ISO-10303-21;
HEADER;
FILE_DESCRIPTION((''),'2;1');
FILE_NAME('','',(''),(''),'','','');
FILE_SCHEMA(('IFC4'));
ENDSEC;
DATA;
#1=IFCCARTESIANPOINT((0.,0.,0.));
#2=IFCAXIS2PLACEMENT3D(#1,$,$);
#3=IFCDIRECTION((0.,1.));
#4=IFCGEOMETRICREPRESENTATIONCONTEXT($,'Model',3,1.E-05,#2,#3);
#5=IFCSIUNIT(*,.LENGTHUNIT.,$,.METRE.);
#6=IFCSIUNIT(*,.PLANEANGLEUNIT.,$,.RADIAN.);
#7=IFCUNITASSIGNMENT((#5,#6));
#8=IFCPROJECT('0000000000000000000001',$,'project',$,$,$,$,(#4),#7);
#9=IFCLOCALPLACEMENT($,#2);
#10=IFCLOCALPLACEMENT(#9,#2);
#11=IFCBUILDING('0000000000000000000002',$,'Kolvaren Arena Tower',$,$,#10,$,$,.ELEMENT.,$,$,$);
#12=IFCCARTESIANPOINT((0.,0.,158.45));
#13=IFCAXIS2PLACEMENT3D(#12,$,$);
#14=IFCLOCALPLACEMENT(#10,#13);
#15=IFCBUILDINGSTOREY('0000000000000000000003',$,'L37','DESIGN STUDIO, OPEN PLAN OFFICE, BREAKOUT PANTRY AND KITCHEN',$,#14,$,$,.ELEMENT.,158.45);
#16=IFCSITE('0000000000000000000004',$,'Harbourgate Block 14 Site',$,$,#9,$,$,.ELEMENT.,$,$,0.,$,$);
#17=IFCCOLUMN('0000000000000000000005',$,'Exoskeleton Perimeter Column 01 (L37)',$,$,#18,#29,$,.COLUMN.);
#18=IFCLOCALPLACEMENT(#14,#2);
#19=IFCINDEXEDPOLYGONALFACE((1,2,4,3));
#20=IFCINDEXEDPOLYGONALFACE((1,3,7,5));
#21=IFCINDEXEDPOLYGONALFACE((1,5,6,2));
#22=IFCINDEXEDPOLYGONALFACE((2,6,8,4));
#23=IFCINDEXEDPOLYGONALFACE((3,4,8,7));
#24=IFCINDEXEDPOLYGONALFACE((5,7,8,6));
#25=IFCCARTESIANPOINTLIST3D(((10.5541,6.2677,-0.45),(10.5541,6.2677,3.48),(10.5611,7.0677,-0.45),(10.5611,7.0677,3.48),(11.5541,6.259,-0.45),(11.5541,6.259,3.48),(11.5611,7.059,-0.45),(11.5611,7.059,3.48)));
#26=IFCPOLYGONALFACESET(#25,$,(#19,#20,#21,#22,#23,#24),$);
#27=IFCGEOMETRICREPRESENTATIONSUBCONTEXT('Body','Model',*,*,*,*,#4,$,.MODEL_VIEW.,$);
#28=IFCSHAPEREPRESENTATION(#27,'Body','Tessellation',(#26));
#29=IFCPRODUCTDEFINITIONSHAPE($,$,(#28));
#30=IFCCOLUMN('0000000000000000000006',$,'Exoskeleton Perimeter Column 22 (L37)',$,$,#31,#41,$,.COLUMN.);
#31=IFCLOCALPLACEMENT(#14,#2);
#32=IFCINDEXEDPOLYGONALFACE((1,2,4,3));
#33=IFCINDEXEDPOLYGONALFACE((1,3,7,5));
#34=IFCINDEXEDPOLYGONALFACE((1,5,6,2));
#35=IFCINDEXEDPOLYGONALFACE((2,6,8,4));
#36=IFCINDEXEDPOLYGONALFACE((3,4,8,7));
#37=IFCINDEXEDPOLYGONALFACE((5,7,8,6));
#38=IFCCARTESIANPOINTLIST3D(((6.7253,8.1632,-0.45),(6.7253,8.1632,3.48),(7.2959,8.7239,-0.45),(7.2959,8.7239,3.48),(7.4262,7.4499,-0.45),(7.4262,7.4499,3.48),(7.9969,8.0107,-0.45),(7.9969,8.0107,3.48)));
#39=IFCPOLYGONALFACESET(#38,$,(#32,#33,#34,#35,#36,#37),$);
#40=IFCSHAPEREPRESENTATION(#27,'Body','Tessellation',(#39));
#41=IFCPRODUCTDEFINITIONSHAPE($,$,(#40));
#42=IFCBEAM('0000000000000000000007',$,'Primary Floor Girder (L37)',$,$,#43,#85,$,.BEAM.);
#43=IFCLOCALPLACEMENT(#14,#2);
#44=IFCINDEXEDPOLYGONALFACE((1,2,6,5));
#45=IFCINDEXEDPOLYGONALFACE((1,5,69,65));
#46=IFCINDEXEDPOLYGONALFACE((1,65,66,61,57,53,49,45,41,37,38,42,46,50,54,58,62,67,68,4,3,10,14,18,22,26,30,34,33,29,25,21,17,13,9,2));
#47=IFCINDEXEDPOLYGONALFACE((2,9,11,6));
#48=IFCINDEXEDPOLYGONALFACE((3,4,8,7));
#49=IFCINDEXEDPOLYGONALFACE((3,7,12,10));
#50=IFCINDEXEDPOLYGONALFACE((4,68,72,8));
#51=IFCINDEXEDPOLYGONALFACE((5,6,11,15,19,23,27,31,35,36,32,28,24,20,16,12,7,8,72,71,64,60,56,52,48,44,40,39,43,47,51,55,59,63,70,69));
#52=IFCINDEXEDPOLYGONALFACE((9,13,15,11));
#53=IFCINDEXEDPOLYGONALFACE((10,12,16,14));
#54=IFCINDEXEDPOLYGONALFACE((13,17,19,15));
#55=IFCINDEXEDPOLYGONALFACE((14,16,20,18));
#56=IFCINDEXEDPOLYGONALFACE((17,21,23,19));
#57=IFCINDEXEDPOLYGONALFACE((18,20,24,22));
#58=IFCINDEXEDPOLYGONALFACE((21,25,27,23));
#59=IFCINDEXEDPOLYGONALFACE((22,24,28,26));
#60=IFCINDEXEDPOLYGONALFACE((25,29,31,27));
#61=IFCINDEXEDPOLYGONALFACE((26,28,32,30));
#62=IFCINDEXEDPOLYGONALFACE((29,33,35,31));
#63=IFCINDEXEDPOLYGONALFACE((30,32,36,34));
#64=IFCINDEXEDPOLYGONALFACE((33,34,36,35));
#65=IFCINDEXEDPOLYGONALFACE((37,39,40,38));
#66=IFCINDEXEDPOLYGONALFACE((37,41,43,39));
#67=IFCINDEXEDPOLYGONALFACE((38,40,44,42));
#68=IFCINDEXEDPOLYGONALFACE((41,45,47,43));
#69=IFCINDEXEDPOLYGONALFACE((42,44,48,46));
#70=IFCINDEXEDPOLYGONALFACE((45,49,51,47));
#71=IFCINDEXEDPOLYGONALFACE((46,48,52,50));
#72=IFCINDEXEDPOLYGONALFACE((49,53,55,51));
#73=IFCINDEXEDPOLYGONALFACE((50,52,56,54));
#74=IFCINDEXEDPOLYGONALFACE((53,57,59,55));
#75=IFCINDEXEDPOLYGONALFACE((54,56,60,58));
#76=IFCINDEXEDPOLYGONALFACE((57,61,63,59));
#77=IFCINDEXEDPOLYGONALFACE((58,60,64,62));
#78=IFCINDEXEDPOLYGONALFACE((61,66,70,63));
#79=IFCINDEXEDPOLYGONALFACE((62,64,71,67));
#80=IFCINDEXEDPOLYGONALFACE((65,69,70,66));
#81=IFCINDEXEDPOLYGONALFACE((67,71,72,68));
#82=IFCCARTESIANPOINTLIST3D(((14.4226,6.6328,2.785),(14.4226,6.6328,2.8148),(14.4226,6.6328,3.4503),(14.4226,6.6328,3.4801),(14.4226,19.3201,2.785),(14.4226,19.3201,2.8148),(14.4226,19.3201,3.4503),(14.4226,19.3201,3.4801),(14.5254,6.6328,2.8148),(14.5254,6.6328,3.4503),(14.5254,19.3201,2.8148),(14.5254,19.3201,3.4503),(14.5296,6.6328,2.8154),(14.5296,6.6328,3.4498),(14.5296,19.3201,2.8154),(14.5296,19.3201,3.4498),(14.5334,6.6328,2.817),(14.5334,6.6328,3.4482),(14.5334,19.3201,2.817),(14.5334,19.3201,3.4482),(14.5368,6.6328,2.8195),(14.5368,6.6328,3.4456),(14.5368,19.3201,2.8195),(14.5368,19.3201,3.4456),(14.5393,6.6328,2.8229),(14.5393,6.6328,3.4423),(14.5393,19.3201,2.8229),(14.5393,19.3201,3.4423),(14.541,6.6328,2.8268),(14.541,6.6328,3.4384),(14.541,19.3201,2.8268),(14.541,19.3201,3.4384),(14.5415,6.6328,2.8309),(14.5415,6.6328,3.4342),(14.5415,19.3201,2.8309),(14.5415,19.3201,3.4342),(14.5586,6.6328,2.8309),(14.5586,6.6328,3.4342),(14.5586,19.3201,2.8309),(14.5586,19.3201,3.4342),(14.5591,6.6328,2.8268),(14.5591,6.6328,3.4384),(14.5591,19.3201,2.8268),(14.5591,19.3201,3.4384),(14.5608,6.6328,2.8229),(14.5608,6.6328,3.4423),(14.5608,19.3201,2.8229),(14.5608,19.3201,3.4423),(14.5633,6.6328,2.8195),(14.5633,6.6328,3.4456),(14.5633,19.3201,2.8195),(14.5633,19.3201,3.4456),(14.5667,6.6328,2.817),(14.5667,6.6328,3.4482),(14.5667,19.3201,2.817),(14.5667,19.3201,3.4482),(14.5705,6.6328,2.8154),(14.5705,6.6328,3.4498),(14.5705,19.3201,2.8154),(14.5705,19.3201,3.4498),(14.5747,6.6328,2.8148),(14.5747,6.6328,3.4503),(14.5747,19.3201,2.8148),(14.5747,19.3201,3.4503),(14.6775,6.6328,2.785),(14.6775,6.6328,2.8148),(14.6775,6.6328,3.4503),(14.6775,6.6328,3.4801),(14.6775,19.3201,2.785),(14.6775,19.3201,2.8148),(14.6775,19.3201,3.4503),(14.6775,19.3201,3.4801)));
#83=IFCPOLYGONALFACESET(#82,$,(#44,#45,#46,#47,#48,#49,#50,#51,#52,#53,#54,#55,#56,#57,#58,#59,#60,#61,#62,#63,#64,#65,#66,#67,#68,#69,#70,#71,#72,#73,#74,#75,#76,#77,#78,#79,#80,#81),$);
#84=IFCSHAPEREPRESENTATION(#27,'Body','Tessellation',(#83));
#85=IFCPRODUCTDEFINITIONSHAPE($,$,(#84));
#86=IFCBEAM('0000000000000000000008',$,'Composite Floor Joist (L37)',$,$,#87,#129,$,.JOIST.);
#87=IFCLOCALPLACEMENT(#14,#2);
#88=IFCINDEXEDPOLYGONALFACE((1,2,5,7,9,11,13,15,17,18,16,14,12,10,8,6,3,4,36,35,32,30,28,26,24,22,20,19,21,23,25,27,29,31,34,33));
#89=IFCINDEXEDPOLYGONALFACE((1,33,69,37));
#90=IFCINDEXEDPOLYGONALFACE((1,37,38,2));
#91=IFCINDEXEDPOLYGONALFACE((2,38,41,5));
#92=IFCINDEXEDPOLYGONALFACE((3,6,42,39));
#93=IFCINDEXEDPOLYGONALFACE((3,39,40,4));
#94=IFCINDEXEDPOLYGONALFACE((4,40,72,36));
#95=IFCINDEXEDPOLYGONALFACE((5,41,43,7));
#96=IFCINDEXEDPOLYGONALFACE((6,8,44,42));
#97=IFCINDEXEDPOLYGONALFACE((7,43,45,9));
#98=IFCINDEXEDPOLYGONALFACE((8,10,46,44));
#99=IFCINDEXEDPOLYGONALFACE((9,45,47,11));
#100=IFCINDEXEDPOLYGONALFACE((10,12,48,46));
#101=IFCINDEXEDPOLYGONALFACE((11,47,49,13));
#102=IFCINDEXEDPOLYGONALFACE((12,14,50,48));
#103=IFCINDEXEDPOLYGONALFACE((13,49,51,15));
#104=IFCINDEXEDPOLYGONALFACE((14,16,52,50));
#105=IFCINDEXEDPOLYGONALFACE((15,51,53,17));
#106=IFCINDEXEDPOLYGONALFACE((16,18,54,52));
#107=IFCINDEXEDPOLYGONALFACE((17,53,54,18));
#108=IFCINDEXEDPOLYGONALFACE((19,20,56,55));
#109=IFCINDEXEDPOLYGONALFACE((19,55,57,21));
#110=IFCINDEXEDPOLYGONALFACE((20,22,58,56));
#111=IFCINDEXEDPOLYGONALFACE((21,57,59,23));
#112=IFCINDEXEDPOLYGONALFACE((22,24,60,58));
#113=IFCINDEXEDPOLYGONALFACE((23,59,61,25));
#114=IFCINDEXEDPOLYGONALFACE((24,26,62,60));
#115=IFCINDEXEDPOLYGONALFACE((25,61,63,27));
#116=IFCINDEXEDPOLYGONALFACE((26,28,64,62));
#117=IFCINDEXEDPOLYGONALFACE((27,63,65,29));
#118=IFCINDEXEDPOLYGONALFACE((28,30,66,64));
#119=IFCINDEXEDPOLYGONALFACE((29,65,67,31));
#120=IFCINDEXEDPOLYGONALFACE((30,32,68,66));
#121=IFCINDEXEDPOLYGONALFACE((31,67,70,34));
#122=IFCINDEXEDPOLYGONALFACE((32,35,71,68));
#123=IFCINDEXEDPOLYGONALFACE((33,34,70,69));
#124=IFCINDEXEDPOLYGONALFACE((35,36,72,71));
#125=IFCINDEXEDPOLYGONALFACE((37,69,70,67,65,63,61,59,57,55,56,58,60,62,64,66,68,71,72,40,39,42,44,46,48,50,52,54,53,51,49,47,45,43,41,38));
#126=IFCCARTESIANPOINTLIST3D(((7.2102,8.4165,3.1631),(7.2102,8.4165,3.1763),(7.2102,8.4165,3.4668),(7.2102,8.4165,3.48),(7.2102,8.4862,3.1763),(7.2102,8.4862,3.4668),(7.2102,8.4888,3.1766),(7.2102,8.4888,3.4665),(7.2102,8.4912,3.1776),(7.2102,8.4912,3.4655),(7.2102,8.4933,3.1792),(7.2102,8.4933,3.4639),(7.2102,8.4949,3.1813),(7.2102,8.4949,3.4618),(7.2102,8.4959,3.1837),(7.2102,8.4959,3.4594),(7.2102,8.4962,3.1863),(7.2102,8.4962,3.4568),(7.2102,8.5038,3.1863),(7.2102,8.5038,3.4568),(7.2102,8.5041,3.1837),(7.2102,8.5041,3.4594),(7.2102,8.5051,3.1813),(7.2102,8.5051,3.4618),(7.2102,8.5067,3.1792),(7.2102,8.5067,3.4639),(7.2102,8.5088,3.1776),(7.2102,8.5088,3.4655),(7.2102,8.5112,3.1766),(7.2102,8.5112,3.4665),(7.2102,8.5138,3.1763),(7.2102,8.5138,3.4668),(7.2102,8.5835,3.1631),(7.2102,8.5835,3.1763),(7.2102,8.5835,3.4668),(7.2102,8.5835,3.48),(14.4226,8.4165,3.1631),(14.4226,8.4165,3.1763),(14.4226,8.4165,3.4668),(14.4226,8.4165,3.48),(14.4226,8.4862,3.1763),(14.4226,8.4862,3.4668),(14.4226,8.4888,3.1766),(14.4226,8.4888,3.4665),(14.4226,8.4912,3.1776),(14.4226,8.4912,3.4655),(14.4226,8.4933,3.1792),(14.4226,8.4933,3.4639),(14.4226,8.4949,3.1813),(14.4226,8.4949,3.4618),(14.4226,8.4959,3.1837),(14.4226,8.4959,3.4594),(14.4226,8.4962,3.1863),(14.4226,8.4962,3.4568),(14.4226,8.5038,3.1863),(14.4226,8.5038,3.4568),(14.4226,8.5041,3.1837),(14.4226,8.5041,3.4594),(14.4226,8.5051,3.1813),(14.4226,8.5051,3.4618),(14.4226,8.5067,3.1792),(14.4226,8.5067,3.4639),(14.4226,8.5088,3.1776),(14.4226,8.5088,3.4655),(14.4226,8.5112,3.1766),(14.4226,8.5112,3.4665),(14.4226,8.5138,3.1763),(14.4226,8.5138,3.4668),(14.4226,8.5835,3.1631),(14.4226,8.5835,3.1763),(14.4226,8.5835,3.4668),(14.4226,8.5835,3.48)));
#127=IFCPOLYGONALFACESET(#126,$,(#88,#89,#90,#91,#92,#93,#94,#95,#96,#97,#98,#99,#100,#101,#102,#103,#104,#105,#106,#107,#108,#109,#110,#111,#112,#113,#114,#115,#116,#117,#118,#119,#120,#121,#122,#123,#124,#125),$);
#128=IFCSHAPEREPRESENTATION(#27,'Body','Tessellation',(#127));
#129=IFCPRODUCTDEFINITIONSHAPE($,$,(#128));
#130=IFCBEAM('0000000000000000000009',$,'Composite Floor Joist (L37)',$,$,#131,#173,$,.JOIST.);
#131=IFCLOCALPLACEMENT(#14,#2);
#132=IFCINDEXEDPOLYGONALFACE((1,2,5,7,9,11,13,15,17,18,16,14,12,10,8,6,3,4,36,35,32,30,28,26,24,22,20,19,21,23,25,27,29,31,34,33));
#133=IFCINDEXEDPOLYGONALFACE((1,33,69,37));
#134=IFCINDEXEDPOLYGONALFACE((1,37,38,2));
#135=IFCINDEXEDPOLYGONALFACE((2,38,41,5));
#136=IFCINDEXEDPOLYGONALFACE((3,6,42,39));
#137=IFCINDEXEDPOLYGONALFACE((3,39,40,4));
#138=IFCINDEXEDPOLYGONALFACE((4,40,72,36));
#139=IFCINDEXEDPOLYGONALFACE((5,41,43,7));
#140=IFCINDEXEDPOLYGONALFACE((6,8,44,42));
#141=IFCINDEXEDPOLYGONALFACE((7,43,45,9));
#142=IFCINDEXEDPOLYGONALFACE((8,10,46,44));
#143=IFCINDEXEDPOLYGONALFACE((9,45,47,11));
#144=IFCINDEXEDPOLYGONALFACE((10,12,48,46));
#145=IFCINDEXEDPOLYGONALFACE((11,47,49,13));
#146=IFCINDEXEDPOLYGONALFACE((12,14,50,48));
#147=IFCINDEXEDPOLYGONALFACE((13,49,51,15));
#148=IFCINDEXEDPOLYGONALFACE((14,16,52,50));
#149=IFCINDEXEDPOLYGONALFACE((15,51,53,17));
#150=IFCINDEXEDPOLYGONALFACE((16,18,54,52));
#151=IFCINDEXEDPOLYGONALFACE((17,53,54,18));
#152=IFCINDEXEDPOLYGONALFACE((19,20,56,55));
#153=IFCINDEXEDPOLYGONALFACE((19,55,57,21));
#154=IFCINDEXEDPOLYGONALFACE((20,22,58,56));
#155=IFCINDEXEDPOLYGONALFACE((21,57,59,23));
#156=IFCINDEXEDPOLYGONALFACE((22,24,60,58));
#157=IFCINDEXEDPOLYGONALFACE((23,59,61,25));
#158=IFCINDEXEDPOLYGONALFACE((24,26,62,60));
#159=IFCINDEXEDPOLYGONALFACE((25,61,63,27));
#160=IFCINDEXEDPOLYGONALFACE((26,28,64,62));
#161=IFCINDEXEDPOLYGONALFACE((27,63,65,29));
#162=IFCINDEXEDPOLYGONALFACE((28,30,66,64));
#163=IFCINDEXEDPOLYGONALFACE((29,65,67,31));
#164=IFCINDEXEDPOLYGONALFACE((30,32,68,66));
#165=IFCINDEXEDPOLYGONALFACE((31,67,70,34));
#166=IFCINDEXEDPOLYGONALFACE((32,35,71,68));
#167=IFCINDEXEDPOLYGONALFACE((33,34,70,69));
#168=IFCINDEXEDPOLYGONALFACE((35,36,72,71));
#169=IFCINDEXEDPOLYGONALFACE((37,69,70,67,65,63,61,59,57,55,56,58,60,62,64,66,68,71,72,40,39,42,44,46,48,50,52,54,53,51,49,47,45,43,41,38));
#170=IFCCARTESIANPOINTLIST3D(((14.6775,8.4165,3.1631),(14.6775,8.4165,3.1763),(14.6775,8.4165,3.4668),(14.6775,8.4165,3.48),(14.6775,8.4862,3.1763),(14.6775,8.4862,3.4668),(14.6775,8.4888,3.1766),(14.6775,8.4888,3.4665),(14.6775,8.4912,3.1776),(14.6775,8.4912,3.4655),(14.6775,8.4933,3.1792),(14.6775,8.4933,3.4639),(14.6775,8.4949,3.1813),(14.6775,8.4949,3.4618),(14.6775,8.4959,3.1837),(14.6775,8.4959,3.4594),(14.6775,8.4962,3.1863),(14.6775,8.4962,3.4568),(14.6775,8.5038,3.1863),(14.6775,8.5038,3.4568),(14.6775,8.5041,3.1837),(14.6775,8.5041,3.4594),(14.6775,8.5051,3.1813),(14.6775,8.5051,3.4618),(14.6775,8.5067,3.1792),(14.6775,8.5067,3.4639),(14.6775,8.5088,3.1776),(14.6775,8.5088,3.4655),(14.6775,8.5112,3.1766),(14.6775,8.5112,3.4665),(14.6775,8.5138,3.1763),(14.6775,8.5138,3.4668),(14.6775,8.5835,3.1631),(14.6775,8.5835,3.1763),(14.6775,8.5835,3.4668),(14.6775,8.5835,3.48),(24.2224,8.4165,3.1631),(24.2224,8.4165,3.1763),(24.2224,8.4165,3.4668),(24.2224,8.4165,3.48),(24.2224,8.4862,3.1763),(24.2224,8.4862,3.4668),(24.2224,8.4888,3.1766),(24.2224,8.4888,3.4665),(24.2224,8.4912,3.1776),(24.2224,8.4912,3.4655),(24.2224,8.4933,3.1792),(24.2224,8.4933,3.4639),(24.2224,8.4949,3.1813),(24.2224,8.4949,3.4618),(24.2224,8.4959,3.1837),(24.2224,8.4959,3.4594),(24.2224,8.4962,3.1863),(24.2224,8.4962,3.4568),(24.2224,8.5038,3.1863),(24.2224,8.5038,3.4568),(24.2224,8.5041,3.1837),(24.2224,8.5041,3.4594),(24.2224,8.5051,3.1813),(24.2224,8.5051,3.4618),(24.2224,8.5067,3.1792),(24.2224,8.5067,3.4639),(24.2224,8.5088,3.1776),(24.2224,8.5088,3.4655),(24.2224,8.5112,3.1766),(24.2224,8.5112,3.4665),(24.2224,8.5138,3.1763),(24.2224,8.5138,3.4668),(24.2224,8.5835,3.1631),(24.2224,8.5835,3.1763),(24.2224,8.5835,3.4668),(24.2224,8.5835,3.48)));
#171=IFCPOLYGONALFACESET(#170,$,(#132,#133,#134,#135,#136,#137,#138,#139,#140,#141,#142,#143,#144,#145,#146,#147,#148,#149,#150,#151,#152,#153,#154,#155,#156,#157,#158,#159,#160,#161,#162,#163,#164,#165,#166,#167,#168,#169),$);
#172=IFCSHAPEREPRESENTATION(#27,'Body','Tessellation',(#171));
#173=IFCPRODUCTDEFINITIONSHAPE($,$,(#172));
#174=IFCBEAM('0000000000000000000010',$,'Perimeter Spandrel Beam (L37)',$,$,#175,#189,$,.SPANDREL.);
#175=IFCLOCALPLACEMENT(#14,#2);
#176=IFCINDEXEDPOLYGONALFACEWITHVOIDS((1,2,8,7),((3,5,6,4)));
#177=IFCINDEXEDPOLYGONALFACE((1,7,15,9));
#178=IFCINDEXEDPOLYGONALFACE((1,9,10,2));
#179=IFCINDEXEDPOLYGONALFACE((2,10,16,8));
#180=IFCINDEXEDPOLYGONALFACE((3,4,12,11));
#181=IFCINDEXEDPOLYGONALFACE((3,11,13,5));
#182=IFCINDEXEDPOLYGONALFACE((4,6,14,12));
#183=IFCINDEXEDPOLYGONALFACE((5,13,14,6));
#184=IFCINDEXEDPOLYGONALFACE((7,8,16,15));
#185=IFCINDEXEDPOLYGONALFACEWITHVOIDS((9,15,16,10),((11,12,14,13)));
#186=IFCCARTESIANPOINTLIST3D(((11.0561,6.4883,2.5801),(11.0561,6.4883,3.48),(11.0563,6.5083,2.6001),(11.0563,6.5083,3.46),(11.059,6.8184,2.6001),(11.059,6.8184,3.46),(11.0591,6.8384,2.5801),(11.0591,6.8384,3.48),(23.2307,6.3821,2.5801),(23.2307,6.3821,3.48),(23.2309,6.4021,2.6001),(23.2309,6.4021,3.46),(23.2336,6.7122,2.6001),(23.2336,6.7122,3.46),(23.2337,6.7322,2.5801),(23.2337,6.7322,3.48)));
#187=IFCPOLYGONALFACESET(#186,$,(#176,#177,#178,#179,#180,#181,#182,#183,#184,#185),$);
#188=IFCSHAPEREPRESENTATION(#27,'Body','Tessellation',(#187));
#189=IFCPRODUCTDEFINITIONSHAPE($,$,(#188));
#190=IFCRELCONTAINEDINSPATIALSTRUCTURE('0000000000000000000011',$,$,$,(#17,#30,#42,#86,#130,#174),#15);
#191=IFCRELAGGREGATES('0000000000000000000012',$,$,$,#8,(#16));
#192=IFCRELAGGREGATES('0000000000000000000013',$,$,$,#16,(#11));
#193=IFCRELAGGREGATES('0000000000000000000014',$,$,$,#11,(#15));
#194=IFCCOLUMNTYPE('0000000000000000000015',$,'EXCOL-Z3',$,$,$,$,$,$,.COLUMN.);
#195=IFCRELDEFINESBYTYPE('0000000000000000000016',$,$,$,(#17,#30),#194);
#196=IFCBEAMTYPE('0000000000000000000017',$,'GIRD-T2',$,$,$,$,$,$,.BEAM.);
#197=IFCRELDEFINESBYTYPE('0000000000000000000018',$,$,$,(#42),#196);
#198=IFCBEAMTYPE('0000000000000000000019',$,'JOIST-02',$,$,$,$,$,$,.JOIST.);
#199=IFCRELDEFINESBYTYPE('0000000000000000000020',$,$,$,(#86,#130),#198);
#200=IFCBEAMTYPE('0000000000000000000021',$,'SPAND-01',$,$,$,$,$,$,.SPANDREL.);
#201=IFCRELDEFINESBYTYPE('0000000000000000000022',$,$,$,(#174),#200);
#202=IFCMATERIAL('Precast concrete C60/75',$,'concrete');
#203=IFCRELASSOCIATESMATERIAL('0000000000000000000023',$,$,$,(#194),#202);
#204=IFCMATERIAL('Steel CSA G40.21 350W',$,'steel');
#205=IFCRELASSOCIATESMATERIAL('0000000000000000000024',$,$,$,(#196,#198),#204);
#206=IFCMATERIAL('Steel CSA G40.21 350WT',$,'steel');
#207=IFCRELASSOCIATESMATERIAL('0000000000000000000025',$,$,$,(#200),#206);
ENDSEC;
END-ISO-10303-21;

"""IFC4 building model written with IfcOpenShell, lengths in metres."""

from ifc_helpers import new_model, si_unit, direction, frame, origin, origin_2d, place, context, subcontext, project, spatial, rectangle, hollow_rectangle, i_section, extrude, material, material_profile, profile_set, type_object, element, save


model = new_model("IFC4")

# Units and contexts
model_context = context("Model", 3, precision=1e-05, world=origin(), true_north=direction((0.0, 1.0)))
body_context = subcontext(model_context, "Body", "Model", "MODEL_VIEW")
ifc_project = project(units=[si_unit("LENGTHUNIT", "METRE"), si_unit("PLANEANGLEUNIT", "RADIAN")], contexts=[model_context])

# Site, building, storey
site_placement = place(None, origin())
site = spatial("IfcSite", under=ifc_project, at=site_placement, Name="Harbourgate Block 14 Site", CompositionType="ELEMENT", RefElevation=0.0)
building_placement = place(site_placement, origin())
building = spatial("IfcBuilding", under=site, at=building_placement, Name="Kolvaren Arena Tower", CompositionType="ELEMENT")
storey_placement = place(building_placement, frame((0.0, 0.0, 158.45)))
storey = spatial("IfcBuildingStorey", under=building, at=storey_placement, Name="L37", Description="DESIGN STUDIO, OPEN PLAN OFFICE, BREAKOUT PANTRY AND KITCHEN", CompositionType="ELEMENT", Elevation=158.45)

# Columns
ifc_material_1 = material(Name="Precast concrete C60/75", Category="concrete")
ifc_material_profile_1 = material_profile(ifc_material_1, rectangle(XDim=1.0, YDim=0.8, at=origin_2d()), Name="RC-1000x800")
ifc_profile_set_1 = profile_set([ifc_material_profile_1], Name="Precast concrete C60/75")
column_type = type_object("IfcColumnType", Name="EXCOL-Z3", PredefinedType="COLUMN", material=ifc_profile_set_1)
for number, where, z_axis, x_axis, name in (
    (1, (11.0576, 6.6633, -0.45), (0.0, 0.0, 1.0), (0.999962, -0.008727, 0.0), "Exoskeleton Perimeter Column 01 (L37)"),
    (2, (7.3611, 8.0869, -0.45), (0.0, 0.0, 1.0), (-0.700909, 0.71325, 0.0), "Exoskeleton Perimeter Column 22 (L37)"),
):
    element("IfcColumn", number, at=place(storey_placement, frame(where, z_axis=z_axis, x_axis=x_axis)), inside=storey, type_object=column_type, Name=name, PredefinedType="COLUMN", context=body_context, shape_type="SweptSolid", body=[
        extrude(rectangle(XDim=1.0, YDim=0.8, at=origin_2d()), origin(), (0.0, 0.0, 1.0), 3.9299),
    ])

# Beams
ifc_material_2 = material(Name="Steel CSA G40.21 350W", Category="steel")
ifc_material_profile_2 = material_profile(ifc_material_2, i_section(OverallWidth=0.2549, OverallDepth=0.6951, WebThickness=0.0171, FlangeThickness=0.0298, FilletRadius=0.0161, at=origin_2d()), Name="W690x217")
ifc_profile_set_2 = profile_set([ifc_material_profile_2], Name="Steel CSA G40.21 350W")
beam_type_1 = type_object("IfcBeamType", Name="GIRD-T2", PredefinedType="BEAM", material=ifc_profile_set_2)
beam_1_placement = place(storey_placement, frame((14.55, 6.6328, 3.1326), z_axis=(0.0, 1.0, 0.0), x_axis=(-1.0, 0.0, 0.0)))
element("IfcBeam", 3, at=beam_1_placement, inside=storey, type_object=beam_type_1, Name="Primary Floor Girder (L37)", PredefinedType="BEAM", context=body_context, shape_type="SweptSolid", body=[
    extrude(i_section(OverallWidth=0.2549, OverallDepth=0.6951, WebThickness=0.0171, FlangeThickness=0.0298, FilletRadius=0.0161, at=origin_2d()), origin(), (0.0, 0.0, 1.0), 12.6873),
])
ifc_material_profile_3 = material_profile(ifc_material_2, i_section(OverallWidth=0.167, OverallDepth=0.3169, WebThickness=0.0076, FlangeThickness=0.0132, FilletRadius=0.01, at=origin_2d()), Name="W310x52")
ifc_profile_set_3 = profile_set([ifc_material_profile_3], Name="Steel CSA G40.21 350W")
beam_type_2 = type_object("IfcBeamType", Name="JOIST-02", PredefinedType="JOIST", material=ifc_profile_set_3)
beam_2_placement = place(storey_placement, frame((7.2102, 8.5, 3.3215), z_axis=(1.0, 0.0, 0.0), x_axis=(0.0, 1.0, 0.0)))
element("IfcBeam", 4, at=beam_2_placement, inside=storey, type_object=beam_type_2, Name="Composite Floor Joist (L37)", PredefinedType="JOIST", context=body_context, shape_type="SweptSolid", body=[
    extrude(i_section(OverallWidth=0.167, OverallDepth=0.3169, WebThickness=0.0076, FlangeThickness=0.0132, FilletRadius=0.01, at=origin_2d()), origin(), (0.0, 0.0, 1.0), 7.2124),
])
beam_3_placement = place(storey_placement, frame((14.6775, 8.5, 3.3215), z_axis=(1.0, 0.0, 0.0), x_axis=(0.0, 1.0, 0.0)))
element("IfcBeam", 5, at=beam_3_placement, inside=storey, type_object=beam_type_2, Name="Composite Floor Joist (L37)", PredefinedType="JOIST", context=body_context, shape_type="SweptSolid", body=[
    extrude(i_section(OverallWidth=0.167, OverallDepth=0.3169, WebThickness=0.0076, FlangeThickness=0.0132, FilletRadius=0.01, at=origin_2d()), origin(), (0.0, 0.0, 1.0), 9.5449),
])
ifc_material_3 = material(Name="Steel CSA G40.21 350WT", Category="steel")
ifc_material_profile_4 = material_profile(ifc_material_3, hollow_rectangle(XDim=0.3501, YDim=0.8999, WallThickness=0.02, at=origin_2d()), Name="HSS 900x350x20")
ifc_profile_set_4 = profile_set([ifc_material_profile_4], Name="Steel CSA G40.21 350WT")
beam_type_3 = type_object("IfcBeamType", Name="SPAND-01", PredefinedType="SPANDREL", material=ifc_profile_set_4)
beam_4_placement = place(storey_placement, frame((11.0576, 6.6633, 3.03), z_axis=(0.999962, -0.008723, 0.0), x_axis=(0.008723, 0.999962, 0.0)))
element("IfcBeam", 6, at=beam_4_placement, inside=storey, type_object=beam_type_3, Name="Perimeter Spandrel Beam (L37)", PredefinedType="SPANDREL", context=body_context, shape_type="SweptSolid", body=[
    extrude(hollow_rectangle(XDim=0.3501, YDim=0.8999, WallThickness=0.02, at=origin_2d()), origin(), (0.0, 0.0, 1.0), 12.175),
])

save(model, "model.ifc")
